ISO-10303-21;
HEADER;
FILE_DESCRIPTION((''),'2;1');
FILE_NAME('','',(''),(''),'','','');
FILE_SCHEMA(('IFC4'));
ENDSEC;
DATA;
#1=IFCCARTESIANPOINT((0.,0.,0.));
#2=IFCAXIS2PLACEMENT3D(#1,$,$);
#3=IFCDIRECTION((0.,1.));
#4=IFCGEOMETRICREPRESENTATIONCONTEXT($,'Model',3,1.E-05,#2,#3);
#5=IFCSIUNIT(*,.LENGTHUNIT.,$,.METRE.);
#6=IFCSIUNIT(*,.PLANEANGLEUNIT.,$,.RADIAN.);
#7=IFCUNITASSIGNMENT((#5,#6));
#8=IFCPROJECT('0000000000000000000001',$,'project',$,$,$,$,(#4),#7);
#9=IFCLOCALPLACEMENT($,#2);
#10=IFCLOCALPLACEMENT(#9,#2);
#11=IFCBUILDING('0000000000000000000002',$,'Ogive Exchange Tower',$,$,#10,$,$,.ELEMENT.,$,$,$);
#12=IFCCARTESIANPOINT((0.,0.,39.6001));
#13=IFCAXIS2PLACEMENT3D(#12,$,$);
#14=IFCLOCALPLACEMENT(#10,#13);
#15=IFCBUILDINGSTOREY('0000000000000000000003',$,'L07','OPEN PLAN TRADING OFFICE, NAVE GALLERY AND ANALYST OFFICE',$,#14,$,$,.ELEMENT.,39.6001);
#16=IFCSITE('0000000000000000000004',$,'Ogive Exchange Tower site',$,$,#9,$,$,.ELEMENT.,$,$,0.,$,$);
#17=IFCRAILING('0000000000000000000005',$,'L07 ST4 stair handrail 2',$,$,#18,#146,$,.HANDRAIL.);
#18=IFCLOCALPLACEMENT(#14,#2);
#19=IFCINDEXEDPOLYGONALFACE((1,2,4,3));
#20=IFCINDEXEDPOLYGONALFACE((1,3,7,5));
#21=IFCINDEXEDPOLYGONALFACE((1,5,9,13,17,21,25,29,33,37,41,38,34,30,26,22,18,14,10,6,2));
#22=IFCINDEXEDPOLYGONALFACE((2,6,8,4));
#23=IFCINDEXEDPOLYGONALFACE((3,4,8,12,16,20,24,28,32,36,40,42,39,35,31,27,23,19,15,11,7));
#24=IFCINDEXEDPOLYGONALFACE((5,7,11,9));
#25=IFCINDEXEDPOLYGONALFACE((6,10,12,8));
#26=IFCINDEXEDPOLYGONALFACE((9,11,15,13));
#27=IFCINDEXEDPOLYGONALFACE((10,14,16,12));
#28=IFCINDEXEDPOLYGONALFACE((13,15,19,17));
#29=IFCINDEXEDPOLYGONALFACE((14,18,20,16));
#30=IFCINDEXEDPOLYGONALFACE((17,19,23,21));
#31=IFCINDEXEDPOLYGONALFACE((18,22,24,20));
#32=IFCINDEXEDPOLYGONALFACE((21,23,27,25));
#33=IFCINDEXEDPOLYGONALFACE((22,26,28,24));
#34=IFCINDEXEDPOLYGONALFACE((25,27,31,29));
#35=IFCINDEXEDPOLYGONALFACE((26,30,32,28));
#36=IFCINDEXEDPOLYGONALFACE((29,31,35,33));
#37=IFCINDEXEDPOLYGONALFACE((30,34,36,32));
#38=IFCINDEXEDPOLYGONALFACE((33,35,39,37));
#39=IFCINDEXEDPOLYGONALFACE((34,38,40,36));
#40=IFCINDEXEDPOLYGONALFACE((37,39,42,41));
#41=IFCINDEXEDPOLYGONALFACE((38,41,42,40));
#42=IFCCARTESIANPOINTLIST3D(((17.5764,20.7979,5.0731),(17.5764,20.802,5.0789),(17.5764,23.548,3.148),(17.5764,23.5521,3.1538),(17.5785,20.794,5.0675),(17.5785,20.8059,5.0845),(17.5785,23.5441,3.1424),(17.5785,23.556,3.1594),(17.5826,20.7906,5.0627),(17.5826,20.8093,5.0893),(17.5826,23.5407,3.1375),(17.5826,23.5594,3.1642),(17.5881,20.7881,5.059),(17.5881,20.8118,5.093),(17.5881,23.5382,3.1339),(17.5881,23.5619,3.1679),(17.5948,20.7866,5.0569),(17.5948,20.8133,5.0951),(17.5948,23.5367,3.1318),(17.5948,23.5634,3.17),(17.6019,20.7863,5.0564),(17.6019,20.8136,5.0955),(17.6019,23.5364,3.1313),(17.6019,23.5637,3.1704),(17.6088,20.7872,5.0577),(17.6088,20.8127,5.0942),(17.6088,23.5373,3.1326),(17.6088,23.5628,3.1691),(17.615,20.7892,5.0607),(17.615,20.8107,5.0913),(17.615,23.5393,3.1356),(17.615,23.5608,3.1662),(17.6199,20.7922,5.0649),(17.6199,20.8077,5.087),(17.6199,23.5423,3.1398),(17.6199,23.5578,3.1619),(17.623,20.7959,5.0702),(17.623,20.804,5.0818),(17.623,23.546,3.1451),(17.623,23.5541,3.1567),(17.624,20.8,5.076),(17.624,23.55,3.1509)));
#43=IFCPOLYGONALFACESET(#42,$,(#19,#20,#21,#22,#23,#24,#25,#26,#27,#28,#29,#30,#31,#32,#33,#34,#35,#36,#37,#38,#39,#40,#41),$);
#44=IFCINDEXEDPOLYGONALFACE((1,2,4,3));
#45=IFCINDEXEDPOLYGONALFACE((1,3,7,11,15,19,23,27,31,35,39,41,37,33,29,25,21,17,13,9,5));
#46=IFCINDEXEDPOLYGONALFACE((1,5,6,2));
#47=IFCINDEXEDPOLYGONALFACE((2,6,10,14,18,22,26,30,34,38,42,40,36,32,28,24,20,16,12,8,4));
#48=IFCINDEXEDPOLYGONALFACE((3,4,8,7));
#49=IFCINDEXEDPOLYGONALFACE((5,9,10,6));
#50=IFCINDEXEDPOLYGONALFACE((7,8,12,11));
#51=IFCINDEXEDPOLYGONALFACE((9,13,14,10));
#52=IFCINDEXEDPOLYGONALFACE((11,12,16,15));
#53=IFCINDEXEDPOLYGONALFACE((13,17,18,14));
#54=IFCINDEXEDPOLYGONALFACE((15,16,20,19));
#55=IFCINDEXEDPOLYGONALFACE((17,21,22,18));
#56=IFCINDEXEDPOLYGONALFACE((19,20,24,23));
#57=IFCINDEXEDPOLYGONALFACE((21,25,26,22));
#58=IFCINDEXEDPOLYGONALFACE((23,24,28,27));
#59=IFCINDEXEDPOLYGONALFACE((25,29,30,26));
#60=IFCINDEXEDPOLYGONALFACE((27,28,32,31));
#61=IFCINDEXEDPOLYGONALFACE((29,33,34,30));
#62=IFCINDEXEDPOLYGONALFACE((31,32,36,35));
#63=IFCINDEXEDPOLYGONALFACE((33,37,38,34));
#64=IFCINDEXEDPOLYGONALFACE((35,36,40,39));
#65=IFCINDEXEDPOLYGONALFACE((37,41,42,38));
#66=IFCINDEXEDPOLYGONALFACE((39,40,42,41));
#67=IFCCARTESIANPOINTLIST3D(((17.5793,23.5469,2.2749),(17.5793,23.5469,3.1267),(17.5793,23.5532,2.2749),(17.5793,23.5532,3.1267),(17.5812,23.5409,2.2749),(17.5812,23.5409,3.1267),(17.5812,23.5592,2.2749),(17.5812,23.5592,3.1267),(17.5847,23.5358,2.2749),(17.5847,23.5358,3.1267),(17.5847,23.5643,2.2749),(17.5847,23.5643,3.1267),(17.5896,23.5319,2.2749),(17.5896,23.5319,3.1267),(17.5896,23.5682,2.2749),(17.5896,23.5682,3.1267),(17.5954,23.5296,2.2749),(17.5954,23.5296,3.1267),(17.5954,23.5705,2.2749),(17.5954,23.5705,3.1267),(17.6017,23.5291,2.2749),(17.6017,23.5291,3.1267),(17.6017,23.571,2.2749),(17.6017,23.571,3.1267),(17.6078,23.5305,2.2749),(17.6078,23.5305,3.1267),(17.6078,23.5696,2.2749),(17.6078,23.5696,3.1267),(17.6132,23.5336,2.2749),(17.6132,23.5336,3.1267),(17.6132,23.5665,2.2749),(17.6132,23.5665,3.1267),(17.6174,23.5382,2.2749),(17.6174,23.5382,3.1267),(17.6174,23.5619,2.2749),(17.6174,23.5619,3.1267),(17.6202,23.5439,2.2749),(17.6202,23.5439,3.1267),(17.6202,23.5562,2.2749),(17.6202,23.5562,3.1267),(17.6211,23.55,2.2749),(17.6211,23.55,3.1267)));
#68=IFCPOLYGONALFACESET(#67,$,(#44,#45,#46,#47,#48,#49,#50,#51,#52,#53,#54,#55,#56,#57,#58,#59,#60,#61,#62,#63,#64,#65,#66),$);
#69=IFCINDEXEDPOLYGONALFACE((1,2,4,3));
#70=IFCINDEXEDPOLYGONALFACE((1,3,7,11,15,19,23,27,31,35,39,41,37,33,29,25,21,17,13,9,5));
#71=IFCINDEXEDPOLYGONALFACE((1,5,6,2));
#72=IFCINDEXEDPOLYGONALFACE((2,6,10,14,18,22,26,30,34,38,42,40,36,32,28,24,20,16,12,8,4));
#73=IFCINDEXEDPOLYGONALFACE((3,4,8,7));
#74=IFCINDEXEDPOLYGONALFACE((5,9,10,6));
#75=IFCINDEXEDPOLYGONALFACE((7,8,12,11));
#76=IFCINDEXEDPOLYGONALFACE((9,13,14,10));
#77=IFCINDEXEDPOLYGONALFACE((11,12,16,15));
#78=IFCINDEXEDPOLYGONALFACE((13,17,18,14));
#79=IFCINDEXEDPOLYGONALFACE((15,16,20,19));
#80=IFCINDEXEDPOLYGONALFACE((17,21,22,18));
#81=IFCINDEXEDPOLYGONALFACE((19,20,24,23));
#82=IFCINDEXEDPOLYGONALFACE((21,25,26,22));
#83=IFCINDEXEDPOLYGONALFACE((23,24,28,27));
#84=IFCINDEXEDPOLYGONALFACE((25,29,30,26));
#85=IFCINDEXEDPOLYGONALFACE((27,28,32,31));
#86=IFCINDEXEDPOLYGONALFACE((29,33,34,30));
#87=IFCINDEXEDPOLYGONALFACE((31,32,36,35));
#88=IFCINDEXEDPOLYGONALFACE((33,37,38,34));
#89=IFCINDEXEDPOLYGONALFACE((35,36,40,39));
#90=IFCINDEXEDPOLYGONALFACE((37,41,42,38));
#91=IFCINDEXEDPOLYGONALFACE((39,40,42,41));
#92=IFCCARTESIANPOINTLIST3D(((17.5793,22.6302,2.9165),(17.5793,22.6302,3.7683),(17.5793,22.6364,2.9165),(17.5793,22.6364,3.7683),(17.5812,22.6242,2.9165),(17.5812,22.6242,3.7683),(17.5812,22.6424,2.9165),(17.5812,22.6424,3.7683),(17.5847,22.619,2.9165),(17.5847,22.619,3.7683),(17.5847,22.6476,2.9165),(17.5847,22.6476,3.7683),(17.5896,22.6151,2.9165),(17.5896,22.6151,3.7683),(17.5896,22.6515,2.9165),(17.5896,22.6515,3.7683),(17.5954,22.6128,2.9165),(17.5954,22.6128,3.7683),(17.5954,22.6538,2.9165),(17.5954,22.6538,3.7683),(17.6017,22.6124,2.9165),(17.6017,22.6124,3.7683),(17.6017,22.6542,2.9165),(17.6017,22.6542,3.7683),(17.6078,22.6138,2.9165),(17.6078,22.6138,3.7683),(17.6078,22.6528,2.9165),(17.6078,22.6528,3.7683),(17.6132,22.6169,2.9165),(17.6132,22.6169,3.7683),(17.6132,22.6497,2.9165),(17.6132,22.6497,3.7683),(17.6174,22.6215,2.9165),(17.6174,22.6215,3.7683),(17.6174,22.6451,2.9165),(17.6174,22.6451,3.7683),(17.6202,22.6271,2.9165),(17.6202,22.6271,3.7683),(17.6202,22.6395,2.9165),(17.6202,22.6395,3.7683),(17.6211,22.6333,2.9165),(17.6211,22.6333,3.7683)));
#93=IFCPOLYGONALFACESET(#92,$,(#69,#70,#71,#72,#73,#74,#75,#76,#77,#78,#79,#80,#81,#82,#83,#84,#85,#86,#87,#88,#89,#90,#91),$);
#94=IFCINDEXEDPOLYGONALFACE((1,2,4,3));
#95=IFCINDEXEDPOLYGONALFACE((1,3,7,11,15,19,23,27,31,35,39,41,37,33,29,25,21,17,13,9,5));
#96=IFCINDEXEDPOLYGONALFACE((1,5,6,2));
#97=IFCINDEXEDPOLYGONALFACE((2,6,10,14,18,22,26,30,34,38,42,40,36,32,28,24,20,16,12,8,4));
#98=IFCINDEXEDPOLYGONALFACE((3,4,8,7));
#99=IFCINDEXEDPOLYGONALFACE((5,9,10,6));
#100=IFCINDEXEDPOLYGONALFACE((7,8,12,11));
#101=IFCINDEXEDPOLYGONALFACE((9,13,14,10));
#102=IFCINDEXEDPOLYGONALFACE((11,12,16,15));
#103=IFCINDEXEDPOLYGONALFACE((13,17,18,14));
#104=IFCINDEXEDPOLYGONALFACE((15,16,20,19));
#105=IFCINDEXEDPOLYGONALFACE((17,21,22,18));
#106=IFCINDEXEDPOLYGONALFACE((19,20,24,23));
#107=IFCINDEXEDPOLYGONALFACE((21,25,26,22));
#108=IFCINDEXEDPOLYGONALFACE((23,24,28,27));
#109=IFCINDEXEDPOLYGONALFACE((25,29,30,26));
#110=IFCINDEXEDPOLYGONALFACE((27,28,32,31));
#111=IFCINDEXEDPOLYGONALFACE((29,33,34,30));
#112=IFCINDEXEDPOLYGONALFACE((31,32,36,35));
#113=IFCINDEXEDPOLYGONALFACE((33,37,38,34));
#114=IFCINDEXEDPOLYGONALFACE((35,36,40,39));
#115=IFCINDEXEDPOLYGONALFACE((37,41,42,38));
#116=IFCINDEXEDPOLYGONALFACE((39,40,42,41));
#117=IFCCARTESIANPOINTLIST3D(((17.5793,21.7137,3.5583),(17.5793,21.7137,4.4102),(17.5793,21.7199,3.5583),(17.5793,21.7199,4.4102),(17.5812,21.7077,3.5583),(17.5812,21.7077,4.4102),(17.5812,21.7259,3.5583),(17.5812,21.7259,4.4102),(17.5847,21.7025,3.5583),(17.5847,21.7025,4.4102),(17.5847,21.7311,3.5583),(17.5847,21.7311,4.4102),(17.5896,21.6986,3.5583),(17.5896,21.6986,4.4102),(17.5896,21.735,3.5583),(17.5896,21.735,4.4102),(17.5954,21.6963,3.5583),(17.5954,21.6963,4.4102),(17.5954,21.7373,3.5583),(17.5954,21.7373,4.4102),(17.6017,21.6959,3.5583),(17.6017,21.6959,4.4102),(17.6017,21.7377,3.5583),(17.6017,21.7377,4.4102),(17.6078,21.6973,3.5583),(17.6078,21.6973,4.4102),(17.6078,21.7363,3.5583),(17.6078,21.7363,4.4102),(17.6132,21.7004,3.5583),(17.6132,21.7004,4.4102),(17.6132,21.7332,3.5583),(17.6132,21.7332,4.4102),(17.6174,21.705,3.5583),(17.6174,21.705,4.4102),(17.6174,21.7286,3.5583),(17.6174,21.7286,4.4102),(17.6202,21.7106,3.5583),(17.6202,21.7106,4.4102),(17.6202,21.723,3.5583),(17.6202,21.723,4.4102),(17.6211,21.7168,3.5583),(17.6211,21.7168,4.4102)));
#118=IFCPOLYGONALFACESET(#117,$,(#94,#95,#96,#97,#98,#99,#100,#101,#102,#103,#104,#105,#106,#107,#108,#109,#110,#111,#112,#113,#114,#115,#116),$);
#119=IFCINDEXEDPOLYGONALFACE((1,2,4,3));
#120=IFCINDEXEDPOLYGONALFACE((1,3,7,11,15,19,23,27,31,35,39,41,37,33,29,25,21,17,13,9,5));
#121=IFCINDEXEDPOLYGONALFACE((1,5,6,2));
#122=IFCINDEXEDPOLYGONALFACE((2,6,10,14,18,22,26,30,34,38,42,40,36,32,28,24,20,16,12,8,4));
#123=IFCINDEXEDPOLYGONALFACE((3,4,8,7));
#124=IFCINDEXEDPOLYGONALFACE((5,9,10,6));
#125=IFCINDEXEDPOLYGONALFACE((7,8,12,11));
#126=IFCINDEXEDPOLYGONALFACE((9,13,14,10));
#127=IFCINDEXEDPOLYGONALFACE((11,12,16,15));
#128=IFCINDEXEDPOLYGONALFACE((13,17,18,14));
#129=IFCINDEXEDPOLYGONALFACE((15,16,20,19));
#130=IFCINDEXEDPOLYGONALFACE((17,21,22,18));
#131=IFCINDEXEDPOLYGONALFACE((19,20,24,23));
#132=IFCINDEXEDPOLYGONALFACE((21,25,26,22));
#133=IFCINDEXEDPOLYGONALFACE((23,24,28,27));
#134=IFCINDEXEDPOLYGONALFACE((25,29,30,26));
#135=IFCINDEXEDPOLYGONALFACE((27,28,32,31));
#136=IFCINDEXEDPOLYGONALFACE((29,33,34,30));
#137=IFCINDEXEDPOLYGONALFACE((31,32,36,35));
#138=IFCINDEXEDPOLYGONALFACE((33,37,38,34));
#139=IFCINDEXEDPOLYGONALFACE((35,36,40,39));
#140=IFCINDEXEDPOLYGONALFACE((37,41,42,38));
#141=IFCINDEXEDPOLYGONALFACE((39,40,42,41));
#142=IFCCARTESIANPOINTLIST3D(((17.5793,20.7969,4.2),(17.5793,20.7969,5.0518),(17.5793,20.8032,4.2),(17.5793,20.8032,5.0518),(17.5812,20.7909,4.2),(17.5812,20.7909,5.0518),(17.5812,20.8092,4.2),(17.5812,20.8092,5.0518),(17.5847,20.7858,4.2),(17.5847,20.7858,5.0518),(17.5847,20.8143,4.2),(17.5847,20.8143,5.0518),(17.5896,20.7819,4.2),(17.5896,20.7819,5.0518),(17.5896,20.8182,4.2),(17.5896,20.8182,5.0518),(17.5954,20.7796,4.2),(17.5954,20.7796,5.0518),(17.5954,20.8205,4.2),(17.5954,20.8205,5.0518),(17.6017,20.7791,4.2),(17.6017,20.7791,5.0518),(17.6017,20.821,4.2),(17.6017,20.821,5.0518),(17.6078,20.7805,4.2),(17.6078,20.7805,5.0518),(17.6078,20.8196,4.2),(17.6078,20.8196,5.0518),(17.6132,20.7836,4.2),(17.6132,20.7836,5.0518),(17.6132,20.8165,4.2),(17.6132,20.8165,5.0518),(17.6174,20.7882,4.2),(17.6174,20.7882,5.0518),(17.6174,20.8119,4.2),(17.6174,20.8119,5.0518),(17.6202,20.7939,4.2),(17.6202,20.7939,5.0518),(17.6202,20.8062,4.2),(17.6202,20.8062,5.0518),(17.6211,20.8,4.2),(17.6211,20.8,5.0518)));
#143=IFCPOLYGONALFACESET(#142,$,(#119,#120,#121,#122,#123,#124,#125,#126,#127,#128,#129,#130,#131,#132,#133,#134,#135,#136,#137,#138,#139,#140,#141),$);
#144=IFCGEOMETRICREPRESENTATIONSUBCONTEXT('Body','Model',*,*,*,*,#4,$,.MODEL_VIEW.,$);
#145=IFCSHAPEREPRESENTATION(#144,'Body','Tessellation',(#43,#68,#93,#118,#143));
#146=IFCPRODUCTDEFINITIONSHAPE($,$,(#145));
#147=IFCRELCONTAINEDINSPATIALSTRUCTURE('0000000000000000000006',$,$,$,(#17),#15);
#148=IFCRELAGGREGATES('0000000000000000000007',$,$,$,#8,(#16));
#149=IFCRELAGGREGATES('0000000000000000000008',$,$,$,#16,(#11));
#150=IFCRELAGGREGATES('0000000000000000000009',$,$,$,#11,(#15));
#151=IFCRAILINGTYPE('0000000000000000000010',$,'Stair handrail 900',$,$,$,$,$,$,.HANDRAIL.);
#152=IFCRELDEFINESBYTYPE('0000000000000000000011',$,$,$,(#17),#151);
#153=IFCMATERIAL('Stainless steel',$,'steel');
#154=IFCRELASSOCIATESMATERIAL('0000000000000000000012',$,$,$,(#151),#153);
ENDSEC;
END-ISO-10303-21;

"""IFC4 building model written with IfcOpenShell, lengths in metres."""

from ifc_helpers import new_model, si_unit, direction, frame, origin, origin_2d, place, context, subcontext, project, spatial, circle, extrude, material, type_object, element, save


model = new_model("IFC4")

# Units and contexts
model_context = context("Model", 3, precision=1e-05, world=origin(), true_north=direction((0.0, 1.0)))
body_context = subcontext(model_context, "Body", "Model", "MODEL_VIEW")
ifc_project = project(units=[si_unit("LENGTHUNIT", "METRE"), si_unit("PLANEANGLEUNIT", "RADIAN")], contexts=[model_context])

# Site, building, storey
site_placement = place(None, origin())
site = spatial("IfcSite", under=ifc_project, at=site_placement, Name="Ogive Exchange Tower site", CompositionType="ELEMENT", RefElevation=0.0)
building_placement = place(site_placement, origin())
building = spatial("IfcBuilding", under=site, at=building_placement, Name="Ogive Exchange Tower", CompositionType="ELEMENT")
storey_placement = place(building_placement, frame((0.0, 0.0, 39.6001)))
storey = spatial("IfcBuildingStorey", under=building, at=storey_placement, Name="L07", Description="OPEN PLAN TRADING OFFICE, NAVE GALLERY AND ANALYST OFFICE", CompositionType="ELEMENT", Elevation=39.6001)

# Railing
ifc_material_1 = material(Name="Stainless steel", Category="steel")
railing_type = type_object("IfcRailingType", Name="Stair handrail 900", PredefinedType="HANDRAIL", material=ifc_material_1)
railing_1_placement = place(storey_placement, frame((17.6001, 23.55, 2.2749)))
element("IfcRailing", 1, at=railing_1_placement, inside=storey, type_object=railing_type, Name="L07 ST4 stair handrail 2", PredefinedType="HANDRAIL", context=body_context, shape_type="SweptSolid", body=[
    extrude(circle(Radius=0.0239, at=origin_2d()), frame((0.0, 0.0, 0.876), z_axis=(0.0, -0.819225, 0.573472), x_axis=(1.0, 0.0, 0.0)), (0.0, 0.0, 1.0), 3.3569),
    extrude(circle(Radius=0.021, at=origin_2d()), origin(), (0.0, 0.0, 1.0), 0.8518),
    extrude(circle(Radius=0.021, at=origin_2d()), frame((0.0, -0.9167, 0.6416)), (0.0, 0.0, 1.0), 0.8518),
    extrude(circle(Radius=0.021, at=origin_2d()), frame((0.0, -1.8333, 1.2834)), (0.0, 0.0, 1.0), 0.8518),
    extrude(circle(Radius=0.021, at=origin_2d()), frame((0.0, -2.75, 1.925)), (0.0, 0.0, 1.0), 0.8518),
])

save(model, "model.ifc")
